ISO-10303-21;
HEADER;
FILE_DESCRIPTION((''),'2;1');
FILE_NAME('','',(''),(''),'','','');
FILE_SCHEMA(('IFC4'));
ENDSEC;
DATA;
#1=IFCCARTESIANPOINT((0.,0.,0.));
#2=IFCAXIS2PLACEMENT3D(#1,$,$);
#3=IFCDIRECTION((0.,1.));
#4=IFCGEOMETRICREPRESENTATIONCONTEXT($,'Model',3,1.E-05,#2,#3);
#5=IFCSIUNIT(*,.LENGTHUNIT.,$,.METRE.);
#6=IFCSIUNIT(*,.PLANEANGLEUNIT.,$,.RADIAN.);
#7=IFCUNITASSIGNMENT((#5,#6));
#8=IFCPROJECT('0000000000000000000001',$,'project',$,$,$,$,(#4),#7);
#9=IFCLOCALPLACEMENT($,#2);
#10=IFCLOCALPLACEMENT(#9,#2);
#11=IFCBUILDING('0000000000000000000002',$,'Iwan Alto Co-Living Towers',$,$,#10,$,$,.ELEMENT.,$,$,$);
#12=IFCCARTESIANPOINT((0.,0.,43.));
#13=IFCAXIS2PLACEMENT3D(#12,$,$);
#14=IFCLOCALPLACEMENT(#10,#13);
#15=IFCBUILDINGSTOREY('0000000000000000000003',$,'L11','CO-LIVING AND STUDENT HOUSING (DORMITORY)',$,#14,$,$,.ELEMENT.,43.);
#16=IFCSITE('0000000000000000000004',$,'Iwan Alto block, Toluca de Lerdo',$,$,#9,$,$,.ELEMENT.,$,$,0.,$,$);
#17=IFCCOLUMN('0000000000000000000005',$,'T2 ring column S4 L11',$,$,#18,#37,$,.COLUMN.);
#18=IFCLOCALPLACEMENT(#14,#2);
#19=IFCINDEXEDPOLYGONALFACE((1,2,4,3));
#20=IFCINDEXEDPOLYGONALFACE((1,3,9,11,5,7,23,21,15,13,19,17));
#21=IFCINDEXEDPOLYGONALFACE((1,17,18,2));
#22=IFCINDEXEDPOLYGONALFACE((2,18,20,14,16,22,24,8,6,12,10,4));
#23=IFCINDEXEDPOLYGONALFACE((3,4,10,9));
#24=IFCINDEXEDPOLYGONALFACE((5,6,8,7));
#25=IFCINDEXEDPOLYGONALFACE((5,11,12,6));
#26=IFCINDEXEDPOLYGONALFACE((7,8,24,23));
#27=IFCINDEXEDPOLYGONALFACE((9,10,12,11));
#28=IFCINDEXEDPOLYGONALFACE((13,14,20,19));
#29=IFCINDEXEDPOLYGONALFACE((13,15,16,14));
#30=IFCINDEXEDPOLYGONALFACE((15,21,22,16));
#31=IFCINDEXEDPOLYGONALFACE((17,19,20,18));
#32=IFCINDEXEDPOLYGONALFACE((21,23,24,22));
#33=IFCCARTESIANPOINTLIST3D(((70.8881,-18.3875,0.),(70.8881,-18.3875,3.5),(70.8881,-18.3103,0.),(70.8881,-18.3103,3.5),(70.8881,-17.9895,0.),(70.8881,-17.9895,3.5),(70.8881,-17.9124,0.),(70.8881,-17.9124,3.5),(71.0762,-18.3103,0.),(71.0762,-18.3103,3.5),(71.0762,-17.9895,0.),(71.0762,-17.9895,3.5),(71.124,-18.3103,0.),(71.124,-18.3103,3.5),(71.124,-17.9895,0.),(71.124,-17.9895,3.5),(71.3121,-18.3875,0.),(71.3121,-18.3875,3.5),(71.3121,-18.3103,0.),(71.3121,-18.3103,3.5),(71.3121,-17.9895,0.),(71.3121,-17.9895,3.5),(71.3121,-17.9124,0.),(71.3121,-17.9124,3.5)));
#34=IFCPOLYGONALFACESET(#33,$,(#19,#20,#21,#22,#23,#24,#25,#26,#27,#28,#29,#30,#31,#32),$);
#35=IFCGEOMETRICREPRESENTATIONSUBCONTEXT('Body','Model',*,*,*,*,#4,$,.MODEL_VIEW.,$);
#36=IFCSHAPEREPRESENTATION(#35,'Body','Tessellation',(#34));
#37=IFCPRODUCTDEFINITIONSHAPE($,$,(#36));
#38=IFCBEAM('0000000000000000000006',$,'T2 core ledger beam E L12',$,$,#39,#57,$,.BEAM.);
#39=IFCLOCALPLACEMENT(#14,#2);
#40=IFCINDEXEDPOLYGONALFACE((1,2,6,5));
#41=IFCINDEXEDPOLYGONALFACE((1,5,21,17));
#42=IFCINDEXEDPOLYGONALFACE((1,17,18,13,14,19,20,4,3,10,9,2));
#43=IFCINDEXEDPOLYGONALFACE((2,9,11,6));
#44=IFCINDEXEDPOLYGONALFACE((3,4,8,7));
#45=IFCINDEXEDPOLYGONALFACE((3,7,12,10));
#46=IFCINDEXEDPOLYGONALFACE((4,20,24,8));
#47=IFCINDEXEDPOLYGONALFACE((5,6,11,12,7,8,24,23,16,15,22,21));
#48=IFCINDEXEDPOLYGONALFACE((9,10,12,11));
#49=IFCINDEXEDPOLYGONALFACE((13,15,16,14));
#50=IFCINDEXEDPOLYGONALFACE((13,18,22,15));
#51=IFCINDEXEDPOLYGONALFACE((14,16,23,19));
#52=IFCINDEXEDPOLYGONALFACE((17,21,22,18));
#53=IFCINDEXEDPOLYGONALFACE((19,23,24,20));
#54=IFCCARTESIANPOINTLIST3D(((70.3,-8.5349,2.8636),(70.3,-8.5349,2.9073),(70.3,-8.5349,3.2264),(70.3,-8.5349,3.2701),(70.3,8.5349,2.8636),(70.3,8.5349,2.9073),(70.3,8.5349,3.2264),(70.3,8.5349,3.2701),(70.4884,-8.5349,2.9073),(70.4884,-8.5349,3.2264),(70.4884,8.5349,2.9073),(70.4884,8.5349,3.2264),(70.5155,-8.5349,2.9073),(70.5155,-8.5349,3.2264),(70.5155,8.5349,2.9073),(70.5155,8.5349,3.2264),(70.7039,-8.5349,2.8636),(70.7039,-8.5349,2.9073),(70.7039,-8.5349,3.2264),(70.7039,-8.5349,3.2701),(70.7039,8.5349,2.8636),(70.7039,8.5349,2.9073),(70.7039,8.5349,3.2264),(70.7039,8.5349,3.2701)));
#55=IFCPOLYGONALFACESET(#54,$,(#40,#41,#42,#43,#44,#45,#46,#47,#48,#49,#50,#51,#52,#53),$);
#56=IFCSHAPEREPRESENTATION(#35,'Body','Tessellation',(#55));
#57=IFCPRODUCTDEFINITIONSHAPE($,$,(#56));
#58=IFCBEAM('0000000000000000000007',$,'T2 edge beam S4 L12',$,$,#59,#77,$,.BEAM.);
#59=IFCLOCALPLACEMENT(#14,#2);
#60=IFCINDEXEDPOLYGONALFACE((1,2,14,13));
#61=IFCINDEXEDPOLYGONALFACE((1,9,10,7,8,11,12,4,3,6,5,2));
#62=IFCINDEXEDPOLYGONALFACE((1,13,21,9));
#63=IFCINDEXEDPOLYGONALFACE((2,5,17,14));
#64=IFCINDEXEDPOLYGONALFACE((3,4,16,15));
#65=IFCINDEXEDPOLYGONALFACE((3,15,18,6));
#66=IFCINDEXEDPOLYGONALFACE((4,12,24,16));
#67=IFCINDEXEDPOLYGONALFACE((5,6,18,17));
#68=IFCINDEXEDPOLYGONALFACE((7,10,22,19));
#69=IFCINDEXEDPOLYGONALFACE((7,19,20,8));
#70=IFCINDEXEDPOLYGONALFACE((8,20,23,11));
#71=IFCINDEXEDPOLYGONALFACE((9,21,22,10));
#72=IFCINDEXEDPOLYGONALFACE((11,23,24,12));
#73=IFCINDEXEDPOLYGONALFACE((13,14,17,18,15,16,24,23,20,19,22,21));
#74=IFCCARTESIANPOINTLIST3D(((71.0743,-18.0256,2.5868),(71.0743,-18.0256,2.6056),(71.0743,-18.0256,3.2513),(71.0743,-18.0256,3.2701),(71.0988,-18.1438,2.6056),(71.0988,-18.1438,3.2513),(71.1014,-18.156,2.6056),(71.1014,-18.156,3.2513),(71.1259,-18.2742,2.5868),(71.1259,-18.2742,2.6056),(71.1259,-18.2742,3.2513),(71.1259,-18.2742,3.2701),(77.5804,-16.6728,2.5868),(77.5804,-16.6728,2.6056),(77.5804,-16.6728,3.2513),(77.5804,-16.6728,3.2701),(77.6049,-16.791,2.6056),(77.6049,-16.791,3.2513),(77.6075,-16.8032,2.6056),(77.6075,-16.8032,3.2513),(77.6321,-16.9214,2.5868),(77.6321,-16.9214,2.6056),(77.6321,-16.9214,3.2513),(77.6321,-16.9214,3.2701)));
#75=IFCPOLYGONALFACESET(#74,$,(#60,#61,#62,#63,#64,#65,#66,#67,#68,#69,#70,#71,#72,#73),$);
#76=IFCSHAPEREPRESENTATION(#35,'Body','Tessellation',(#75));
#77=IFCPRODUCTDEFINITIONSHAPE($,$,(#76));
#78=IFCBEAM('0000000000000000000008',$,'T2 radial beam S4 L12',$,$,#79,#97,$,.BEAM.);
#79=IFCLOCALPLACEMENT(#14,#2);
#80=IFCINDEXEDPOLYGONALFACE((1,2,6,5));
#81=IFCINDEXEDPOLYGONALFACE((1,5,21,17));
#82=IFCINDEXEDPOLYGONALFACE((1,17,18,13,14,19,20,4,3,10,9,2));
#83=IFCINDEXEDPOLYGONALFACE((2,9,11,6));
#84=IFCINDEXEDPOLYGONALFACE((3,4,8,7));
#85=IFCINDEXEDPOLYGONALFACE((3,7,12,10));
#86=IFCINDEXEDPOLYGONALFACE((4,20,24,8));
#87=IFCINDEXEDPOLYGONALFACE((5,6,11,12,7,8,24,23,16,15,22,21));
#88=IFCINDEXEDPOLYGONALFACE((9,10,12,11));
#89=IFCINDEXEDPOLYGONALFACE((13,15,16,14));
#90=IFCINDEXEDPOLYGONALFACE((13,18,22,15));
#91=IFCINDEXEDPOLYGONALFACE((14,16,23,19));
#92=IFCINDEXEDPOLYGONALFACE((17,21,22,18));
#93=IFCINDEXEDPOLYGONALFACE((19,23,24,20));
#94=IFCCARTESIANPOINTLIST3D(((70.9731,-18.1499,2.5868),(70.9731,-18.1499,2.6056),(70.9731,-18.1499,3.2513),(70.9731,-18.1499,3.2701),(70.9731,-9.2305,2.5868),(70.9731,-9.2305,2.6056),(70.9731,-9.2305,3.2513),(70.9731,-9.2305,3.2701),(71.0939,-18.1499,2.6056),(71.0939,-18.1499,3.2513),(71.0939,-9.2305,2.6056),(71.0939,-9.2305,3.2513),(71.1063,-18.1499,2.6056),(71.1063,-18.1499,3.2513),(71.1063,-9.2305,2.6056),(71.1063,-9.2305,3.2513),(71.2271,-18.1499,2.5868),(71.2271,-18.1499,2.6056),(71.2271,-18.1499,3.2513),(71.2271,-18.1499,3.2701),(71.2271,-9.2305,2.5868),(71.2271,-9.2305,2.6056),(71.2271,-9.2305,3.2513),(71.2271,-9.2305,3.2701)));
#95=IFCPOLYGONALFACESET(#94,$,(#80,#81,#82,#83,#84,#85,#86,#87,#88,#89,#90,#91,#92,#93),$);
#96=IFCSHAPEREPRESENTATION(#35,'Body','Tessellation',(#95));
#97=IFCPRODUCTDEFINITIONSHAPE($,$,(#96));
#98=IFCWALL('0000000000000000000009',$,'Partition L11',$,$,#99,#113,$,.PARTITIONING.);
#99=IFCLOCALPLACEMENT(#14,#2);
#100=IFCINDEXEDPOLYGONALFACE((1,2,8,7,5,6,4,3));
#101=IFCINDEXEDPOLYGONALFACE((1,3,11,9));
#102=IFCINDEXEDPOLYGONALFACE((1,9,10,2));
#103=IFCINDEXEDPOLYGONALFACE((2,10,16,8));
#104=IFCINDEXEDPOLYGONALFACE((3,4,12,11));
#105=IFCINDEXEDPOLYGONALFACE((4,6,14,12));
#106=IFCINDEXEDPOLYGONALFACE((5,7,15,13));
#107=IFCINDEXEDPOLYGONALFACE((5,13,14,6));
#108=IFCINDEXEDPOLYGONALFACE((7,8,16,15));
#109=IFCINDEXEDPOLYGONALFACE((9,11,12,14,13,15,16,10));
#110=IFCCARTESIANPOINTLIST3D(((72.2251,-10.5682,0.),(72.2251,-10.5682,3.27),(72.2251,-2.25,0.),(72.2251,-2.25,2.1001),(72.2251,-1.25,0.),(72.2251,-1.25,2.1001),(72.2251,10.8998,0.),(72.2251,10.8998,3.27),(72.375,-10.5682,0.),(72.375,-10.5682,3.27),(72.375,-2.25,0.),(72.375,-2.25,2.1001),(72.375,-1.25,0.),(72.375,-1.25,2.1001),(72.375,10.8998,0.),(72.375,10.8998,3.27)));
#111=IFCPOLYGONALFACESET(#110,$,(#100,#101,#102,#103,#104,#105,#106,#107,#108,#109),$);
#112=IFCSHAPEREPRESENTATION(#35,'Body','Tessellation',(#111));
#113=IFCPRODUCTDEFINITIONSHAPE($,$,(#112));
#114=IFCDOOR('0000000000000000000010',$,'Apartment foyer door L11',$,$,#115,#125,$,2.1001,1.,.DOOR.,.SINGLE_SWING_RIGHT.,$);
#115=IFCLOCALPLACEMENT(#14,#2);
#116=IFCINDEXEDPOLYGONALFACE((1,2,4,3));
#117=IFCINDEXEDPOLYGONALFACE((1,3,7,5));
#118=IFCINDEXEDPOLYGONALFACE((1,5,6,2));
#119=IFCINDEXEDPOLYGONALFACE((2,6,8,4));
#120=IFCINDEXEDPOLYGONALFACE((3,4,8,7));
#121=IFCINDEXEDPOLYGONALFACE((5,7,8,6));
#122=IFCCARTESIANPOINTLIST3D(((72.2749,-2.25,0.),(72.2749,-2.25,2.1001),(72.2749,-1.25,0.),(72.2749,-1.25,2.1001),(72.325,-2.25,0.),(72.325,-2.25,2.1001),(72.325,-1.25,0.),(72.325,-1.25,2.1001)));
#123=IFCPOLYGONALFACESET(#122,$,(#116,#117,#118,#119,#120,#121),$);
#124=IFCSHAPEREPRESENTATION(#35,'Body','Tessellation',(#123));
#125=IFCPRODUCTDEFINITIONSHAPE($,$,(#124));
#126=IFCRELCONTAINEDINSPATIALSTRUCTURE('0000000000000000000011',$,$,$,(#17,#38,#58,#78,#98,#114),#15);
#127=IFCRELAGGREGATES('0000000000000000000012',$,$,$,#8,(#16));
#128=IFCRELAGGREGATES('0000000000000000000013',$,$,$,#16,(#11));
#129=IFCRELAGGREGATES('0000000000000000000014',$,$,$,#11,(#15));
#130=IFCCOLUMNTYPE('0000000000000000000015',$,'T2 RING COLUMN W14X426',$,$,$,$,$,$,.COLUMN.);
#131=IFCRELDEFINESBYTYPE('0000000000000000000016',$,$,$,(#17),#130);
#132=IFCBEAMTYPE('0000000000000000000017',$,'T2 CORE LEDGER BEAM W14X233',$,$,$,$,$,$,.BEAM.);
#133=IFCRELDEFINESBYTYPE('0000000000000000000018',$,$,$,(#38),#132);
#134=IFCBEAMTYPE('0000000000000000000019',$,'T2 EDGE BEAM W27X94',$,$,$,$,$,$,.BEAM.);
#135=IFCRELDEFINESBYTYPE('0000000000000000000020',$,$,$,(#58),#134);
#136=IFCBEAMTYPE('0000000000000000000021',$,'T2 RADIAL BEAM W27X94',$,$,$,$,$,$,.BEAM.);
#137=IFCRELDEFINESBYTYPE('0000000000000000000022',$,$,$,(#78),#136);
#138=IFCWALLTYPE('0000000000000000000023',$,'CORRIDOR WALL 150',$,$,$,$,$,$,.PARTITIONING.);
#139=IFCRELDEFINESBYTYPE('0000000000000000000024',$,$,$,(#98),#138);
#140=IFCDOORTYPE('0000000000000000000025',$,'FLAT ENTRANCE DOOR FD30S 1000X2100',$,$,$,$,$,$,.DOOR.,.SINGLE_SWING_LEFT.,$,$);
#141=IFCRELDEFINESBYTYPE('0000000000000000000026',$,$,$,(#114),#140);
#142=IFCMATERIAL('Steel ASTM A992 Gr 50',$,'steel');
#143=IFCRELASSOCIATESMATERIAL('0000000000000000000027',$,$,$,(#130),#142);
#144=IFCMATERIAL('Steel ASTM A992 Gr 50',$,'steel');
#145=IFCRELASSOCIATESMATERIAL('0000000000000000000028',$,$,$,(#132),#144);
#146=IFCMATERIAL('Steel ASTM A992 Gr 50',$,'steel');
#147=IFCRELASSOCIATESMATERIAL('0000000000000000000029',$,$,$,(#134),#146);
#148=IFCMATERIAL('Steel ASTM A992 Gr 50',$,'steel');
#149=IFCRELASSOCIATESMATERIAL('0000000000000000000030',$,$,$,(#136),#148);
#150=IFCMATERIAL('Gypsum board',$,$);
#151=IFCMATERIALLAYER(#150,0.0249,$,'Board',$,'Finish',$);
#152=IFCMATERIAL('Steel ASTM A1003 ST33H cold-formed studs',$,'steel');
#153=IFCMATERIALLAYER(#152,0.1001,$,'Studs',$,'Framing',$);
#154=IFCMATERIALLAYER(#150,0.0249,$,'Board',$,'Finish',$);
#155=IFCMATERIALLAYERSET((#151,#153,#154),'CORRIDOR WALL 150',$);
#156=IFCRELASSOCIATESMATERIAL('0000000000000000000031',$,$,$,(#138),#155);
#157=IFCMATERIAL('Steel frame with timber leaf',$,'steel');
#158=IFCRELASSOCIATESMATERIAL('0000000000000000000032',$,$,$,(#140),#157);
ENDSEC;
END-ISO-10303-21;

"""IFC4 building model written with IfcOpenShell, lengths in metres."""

from ifc_helpers import new_model, si_unit, direction, frame, frame_2d, origin, origin_2d, place, context, subcontext, project, spatial, rectangle, i_section, extrude, material, layer, layer_set, material_profile, profile_set, type_object, element, fill, save


model = new_model("IFC4")

# Units and contexts
model_context = context("Model", 3, precision=1e-05, world=origin(), true_north=direction((0.0, 1.0)))
body_context = subcontext(model_context, "Body", "Model", "MODEL_VIEW")
ifc_project = project(units=[si_unit("LENGTHUNIT", "METRE"), si_unit("PLANEANGLEUNIT", "RADIAN")], contexts=[model_context])

# Site, building, storey
site_placement = place(None, origin())
site = spatial("IfcSite", under=ifc_project, at=site_placement, Name="Iwan Alto block, Toluca de Lerdo", CompositionType="ELEMENT", RefElevation=0.0)
building_placement = place(site_placement, origin())
building = spatial("IfcBuilding", under=site, at=building_placement, Name="Iwan Alto Co-Living Towers", CompositionType="ELEMENT")
storey_placement = place(building_placement, frame((0.0, 0.0, 43.0)))
storey = spatial("IfcBuildingStorey", under=building, at=storey_placement, Name="L11", Description="CO-LIVING AND STUDENT HOUSING (DORMITORY)", CompositionType="ELEMENT", Elevation=43.0)

# Column
ifc_material_1 = material(Name="Steel ASTM A992 Gr 50", Category="steel")
ifc_material_profile_1 = material_profile(ifc_material_1, i_section(OverallWidth=0.4241, OverallDepth=0.4751, WebThickness=0.0479, FlangeThickness=0.0771, at=origin_2d()), Name="W14X426")
ifc_profile_set_1 = profile_set([ifc_material_profile_1], Name="Steel ASTM A992 Gr 50")
column_type = type_object("IfcColumnType", Name="T2 RING COLUMN W14X426", PredefinedType="COLUMN", material=ifc_profile_set_1)
column_placement = place(storey_placement, frame((71.1001, -18.1499, 0.0), z_axis=(0.0, 0.0, 1.0), x_axis=(1.0, 0.0, 0.0)))
element("IfcColumn", 1, at=column_placement, inside=storey, type_object=column_type, Name="T2 ring column S4 L11", PredefinedType="COLUMN", context=body_context, shape_type="SweptSolid", body=[
    extrude(i_section(OverallWidth=0.4241, OverallDepth=0.4751, WebThickness=0.0479, FlangeThickness=0.0771, at=origin_2d()), origin(), (0.0, 0.0, 1.0), 3.5),
])

# Beams
ifc_material_2 = material(Name="Steel ASTM A992 Gr 50", Category="steel")
ifc_material_profile_2 = material_profile(ifc_material_2, i_section(OverallWidth=0.4038, OverallDepth=0.4065, WebThickness=0.0271, FlangeThickness=0.0437, at=origin_2d()), Name="W14X233")
ifc_profile_set_2 = profile_set([ifc_material_profile_2], Name="Steel ASTM A992 Gr 50")
beam_type_1 = type_object("IfcBeamType", Name="T2 CORE LEDGER BEAM W14X233", PredefinedType="BEAM", material=ifc_profile_set_2)
beam_1_placement = place(storey_placement, frame((70.502, -8.5349, 3.0669), z_axis=(0.0, 1.0, 0.0), x_axis=(-1.0, 0.0, 0.0)))
element("IfcBeam", 2, at=beam_1_placement, inside=storey, type_object=beam_type_1, Name="T2 core ledger beam E L12", PredefinedType="BEAM", context=body_context, shape_type="SweptSolid", body=[
    extrude(i_section(OverallWidth=0.4038, OverallDepth=0.4065, WebThickness=0.0271, FlangeThickness=0.0437, at=origin_2d()), origin(), (0.0, 0.0, 1.0), 17.0698),
])
ifc_material_3 = material(Name="Steel ASTM A992 Gr 50", Category="steel")
ifc_material_profile_3 = material_profile(ifc_material_3, i_section(OverallWidth=0.2539, OverallDepth=0.6833, WebThickness=0.0125, FlangeThickness=0.0188, at=origin_2d()), Name="W27X94")
ifc_profile_set_3 = profile_set([ifc_material_profile_3], Name="Steel ASTM A992 Gr 50")
beam_type_2 = type_object("IfcBeamType", Name="T2 EDGE BEAM W27X94", PredefinedType="BEAM", material=ifc_profile_set_3)
beam_2_placement = place(storey_placement, frame((71.1001, -18.1499, 2.9285), z_axis=(0.97906, 0.203571, 0.0), x_axis=(-0.203571, 0.97906, 0.0)))
element("IfcBeam", 3, at=beam_2_placement, inside=storey, type_object=beam_type_2, Name="T2 edge beam S4 L12", PredefinedType="BEAM", context=body_context, shape_type="SweptSolid", body=[
    extrude(i_section(OverallWidth=0.2539, OverallDepth=0.6833, WebThickness=0.0125, FlangeThickness=0.0188, at=origin_2d()), origin(), (0.0, 0.0, 1.0), 6.6453),
])
ifc_material_4 = material(Name="Steel ASTM A992 Gr 50", Category="steel")
ifc_material_profile_4 = material_profile(ifc_material_4, i_section(OverallWidth=0.2539, OverallDepth=0.6833, WebThickness=0.0125, FlangeThickness=0.0188, at=origin_2d()), Name="W27X94")
ifc_profile_set_4 = profile_set([ifc_material_profile_4], Name="Steel ASTM A992 Gr 50")
beam_type_3 = type_object("IfcBeamType", Name="T2 RADIAL BEAM W27X94", PredefinedType="BEAM", material=ifc_profile_set_4)
beam_3_placement = place(storey_placement, frame((71.1001, -18.1499, 2.9285), z_axis=(0.0, 1.0, 0.0), x_axis=(-1.0, 0.0, 0.0)))
element("IfcBeam", 4, at=beam_3_placement, inside=storey, type_object=beam_type_3, Name="T2 radial beam S4 L12", PredefinedType="BEAM", context=body_context, shape_type="SweptSolid", body=[
    extrude(i_section(OverallWidth=0.2539, OverallDepth=0.6833, WebThickness=0.0125, FlangeThickness=0.0188, at=origin_2d()), origin(), (0.0, 0.0, 1.0), 8.9194),
])

# Wall, opening, door
ifc_material_5 = material(Name="Gypsum board")
ifc_layer_1 = layer(ifc_material_5, 0.0249, Name="Board", Category="Finish")
ifc_material_6 = material(Name="Steel ASTM A1003 ST33H cold-formed studs", Category="steel")
ifc_layer_2 = layer(ifc_material_6, 0.1001, Name="Studs", Category="Framing")
ifc_layer_3 = layer(ifc_material_5, 0.0249, Name="Board", Category="Finish")
ifc_layer_set_1 = layer_set([ifc_layer_1, ifc_layer_2, ifc_layer_3], Name="CORRIDOR WALL 150")
wall_type_1 = type_object("IfcWallType", Name="CORRIDOR WALL 150", PredefinedType="PARTITIONING", material=ifc_layer_set_1)
wall_1_placement = place(storey_placement, frame((72.3, -10.5681, 0.0), z_axis=(0.0, 0.0, 1.0), x_axis=(0.0, 1.0, 0.0)))
wall_1 = element("IfcWall", 5, at=wall_1_placement, inside=storey, type_object=wall_type_1, Name="Partition L11", PredefinedType="PARTITIONING", context=body_context, shape_type="SweptSolid", body=[
    extrude(rectangle(XDim=21.468, YDim=0.1499, at=frame_2d((10.7339, 0.0))), origin(), (0.0, 0.0, 1.0), 3.27),
])
opening_1_placement = place(wall_1_placement, frame((8.3181, 0.0, 0.0)))
opening_1 = element("IfcOpeningElement", 6, at=opening_1_placement, cuts=wall_1, PredefinedType="OPENING", context=body_context, shape_type="SweptSolid", body=[
    extrude(rectangle(XDim=1.0, YDim=2.1001, at=frame_2d((0.5, 1.05))), frame((0.0, 0.085, 0.0), z_axis=(0.0, -1.0, 0.0), x_axis=(1.0, 0.0, 0.0)), (0.0, 0.0, 1.0), 0.1699),
])
ifc_material_7 = material(Name="Steel frame with timber leaf", Category="steel")
door_type_1 = type_object("IfcDoorType", Name="FLAT ENTRANCE DOOR FD30S 1000X2100", OperationType="SINGLE_SWING_LEFT", PredefinedType="DOOR", material=ifc_material_7)
door_1_placement = place(opening_1_placement, frame((1.0, 0.0, 0.0), z_axis=(0.0, 0.0, 1.0), x_axis=(-1.0, 0.0, 0.0)))
door_1 = element("IfcDoor", 7, at=door_1_placement, inside=storey, type_object=door_type_1, Name="Apartment foyer door L11", OperationType="SINGLE_SWING_RIGHT", OverallHeight=2.1001, OverallWidth=1.0, PredefinedType="DOOR", context=body_context, shape_type="SweptSolid", body=[
    extrude(rectangle(XDim=1.0, YDim=2.1001, at=frame_2d((0.5, 1.05))), frame((0.0, 0.0249, 0.0), z_axis=(0.0, -1.0, 0.0), x_axis=(1.0, 0.0, 0.0)), (0.0, 0.0, 1.0), 0.05),
])
fill(opening_1, door_1)

save(model, "model.ifc")
